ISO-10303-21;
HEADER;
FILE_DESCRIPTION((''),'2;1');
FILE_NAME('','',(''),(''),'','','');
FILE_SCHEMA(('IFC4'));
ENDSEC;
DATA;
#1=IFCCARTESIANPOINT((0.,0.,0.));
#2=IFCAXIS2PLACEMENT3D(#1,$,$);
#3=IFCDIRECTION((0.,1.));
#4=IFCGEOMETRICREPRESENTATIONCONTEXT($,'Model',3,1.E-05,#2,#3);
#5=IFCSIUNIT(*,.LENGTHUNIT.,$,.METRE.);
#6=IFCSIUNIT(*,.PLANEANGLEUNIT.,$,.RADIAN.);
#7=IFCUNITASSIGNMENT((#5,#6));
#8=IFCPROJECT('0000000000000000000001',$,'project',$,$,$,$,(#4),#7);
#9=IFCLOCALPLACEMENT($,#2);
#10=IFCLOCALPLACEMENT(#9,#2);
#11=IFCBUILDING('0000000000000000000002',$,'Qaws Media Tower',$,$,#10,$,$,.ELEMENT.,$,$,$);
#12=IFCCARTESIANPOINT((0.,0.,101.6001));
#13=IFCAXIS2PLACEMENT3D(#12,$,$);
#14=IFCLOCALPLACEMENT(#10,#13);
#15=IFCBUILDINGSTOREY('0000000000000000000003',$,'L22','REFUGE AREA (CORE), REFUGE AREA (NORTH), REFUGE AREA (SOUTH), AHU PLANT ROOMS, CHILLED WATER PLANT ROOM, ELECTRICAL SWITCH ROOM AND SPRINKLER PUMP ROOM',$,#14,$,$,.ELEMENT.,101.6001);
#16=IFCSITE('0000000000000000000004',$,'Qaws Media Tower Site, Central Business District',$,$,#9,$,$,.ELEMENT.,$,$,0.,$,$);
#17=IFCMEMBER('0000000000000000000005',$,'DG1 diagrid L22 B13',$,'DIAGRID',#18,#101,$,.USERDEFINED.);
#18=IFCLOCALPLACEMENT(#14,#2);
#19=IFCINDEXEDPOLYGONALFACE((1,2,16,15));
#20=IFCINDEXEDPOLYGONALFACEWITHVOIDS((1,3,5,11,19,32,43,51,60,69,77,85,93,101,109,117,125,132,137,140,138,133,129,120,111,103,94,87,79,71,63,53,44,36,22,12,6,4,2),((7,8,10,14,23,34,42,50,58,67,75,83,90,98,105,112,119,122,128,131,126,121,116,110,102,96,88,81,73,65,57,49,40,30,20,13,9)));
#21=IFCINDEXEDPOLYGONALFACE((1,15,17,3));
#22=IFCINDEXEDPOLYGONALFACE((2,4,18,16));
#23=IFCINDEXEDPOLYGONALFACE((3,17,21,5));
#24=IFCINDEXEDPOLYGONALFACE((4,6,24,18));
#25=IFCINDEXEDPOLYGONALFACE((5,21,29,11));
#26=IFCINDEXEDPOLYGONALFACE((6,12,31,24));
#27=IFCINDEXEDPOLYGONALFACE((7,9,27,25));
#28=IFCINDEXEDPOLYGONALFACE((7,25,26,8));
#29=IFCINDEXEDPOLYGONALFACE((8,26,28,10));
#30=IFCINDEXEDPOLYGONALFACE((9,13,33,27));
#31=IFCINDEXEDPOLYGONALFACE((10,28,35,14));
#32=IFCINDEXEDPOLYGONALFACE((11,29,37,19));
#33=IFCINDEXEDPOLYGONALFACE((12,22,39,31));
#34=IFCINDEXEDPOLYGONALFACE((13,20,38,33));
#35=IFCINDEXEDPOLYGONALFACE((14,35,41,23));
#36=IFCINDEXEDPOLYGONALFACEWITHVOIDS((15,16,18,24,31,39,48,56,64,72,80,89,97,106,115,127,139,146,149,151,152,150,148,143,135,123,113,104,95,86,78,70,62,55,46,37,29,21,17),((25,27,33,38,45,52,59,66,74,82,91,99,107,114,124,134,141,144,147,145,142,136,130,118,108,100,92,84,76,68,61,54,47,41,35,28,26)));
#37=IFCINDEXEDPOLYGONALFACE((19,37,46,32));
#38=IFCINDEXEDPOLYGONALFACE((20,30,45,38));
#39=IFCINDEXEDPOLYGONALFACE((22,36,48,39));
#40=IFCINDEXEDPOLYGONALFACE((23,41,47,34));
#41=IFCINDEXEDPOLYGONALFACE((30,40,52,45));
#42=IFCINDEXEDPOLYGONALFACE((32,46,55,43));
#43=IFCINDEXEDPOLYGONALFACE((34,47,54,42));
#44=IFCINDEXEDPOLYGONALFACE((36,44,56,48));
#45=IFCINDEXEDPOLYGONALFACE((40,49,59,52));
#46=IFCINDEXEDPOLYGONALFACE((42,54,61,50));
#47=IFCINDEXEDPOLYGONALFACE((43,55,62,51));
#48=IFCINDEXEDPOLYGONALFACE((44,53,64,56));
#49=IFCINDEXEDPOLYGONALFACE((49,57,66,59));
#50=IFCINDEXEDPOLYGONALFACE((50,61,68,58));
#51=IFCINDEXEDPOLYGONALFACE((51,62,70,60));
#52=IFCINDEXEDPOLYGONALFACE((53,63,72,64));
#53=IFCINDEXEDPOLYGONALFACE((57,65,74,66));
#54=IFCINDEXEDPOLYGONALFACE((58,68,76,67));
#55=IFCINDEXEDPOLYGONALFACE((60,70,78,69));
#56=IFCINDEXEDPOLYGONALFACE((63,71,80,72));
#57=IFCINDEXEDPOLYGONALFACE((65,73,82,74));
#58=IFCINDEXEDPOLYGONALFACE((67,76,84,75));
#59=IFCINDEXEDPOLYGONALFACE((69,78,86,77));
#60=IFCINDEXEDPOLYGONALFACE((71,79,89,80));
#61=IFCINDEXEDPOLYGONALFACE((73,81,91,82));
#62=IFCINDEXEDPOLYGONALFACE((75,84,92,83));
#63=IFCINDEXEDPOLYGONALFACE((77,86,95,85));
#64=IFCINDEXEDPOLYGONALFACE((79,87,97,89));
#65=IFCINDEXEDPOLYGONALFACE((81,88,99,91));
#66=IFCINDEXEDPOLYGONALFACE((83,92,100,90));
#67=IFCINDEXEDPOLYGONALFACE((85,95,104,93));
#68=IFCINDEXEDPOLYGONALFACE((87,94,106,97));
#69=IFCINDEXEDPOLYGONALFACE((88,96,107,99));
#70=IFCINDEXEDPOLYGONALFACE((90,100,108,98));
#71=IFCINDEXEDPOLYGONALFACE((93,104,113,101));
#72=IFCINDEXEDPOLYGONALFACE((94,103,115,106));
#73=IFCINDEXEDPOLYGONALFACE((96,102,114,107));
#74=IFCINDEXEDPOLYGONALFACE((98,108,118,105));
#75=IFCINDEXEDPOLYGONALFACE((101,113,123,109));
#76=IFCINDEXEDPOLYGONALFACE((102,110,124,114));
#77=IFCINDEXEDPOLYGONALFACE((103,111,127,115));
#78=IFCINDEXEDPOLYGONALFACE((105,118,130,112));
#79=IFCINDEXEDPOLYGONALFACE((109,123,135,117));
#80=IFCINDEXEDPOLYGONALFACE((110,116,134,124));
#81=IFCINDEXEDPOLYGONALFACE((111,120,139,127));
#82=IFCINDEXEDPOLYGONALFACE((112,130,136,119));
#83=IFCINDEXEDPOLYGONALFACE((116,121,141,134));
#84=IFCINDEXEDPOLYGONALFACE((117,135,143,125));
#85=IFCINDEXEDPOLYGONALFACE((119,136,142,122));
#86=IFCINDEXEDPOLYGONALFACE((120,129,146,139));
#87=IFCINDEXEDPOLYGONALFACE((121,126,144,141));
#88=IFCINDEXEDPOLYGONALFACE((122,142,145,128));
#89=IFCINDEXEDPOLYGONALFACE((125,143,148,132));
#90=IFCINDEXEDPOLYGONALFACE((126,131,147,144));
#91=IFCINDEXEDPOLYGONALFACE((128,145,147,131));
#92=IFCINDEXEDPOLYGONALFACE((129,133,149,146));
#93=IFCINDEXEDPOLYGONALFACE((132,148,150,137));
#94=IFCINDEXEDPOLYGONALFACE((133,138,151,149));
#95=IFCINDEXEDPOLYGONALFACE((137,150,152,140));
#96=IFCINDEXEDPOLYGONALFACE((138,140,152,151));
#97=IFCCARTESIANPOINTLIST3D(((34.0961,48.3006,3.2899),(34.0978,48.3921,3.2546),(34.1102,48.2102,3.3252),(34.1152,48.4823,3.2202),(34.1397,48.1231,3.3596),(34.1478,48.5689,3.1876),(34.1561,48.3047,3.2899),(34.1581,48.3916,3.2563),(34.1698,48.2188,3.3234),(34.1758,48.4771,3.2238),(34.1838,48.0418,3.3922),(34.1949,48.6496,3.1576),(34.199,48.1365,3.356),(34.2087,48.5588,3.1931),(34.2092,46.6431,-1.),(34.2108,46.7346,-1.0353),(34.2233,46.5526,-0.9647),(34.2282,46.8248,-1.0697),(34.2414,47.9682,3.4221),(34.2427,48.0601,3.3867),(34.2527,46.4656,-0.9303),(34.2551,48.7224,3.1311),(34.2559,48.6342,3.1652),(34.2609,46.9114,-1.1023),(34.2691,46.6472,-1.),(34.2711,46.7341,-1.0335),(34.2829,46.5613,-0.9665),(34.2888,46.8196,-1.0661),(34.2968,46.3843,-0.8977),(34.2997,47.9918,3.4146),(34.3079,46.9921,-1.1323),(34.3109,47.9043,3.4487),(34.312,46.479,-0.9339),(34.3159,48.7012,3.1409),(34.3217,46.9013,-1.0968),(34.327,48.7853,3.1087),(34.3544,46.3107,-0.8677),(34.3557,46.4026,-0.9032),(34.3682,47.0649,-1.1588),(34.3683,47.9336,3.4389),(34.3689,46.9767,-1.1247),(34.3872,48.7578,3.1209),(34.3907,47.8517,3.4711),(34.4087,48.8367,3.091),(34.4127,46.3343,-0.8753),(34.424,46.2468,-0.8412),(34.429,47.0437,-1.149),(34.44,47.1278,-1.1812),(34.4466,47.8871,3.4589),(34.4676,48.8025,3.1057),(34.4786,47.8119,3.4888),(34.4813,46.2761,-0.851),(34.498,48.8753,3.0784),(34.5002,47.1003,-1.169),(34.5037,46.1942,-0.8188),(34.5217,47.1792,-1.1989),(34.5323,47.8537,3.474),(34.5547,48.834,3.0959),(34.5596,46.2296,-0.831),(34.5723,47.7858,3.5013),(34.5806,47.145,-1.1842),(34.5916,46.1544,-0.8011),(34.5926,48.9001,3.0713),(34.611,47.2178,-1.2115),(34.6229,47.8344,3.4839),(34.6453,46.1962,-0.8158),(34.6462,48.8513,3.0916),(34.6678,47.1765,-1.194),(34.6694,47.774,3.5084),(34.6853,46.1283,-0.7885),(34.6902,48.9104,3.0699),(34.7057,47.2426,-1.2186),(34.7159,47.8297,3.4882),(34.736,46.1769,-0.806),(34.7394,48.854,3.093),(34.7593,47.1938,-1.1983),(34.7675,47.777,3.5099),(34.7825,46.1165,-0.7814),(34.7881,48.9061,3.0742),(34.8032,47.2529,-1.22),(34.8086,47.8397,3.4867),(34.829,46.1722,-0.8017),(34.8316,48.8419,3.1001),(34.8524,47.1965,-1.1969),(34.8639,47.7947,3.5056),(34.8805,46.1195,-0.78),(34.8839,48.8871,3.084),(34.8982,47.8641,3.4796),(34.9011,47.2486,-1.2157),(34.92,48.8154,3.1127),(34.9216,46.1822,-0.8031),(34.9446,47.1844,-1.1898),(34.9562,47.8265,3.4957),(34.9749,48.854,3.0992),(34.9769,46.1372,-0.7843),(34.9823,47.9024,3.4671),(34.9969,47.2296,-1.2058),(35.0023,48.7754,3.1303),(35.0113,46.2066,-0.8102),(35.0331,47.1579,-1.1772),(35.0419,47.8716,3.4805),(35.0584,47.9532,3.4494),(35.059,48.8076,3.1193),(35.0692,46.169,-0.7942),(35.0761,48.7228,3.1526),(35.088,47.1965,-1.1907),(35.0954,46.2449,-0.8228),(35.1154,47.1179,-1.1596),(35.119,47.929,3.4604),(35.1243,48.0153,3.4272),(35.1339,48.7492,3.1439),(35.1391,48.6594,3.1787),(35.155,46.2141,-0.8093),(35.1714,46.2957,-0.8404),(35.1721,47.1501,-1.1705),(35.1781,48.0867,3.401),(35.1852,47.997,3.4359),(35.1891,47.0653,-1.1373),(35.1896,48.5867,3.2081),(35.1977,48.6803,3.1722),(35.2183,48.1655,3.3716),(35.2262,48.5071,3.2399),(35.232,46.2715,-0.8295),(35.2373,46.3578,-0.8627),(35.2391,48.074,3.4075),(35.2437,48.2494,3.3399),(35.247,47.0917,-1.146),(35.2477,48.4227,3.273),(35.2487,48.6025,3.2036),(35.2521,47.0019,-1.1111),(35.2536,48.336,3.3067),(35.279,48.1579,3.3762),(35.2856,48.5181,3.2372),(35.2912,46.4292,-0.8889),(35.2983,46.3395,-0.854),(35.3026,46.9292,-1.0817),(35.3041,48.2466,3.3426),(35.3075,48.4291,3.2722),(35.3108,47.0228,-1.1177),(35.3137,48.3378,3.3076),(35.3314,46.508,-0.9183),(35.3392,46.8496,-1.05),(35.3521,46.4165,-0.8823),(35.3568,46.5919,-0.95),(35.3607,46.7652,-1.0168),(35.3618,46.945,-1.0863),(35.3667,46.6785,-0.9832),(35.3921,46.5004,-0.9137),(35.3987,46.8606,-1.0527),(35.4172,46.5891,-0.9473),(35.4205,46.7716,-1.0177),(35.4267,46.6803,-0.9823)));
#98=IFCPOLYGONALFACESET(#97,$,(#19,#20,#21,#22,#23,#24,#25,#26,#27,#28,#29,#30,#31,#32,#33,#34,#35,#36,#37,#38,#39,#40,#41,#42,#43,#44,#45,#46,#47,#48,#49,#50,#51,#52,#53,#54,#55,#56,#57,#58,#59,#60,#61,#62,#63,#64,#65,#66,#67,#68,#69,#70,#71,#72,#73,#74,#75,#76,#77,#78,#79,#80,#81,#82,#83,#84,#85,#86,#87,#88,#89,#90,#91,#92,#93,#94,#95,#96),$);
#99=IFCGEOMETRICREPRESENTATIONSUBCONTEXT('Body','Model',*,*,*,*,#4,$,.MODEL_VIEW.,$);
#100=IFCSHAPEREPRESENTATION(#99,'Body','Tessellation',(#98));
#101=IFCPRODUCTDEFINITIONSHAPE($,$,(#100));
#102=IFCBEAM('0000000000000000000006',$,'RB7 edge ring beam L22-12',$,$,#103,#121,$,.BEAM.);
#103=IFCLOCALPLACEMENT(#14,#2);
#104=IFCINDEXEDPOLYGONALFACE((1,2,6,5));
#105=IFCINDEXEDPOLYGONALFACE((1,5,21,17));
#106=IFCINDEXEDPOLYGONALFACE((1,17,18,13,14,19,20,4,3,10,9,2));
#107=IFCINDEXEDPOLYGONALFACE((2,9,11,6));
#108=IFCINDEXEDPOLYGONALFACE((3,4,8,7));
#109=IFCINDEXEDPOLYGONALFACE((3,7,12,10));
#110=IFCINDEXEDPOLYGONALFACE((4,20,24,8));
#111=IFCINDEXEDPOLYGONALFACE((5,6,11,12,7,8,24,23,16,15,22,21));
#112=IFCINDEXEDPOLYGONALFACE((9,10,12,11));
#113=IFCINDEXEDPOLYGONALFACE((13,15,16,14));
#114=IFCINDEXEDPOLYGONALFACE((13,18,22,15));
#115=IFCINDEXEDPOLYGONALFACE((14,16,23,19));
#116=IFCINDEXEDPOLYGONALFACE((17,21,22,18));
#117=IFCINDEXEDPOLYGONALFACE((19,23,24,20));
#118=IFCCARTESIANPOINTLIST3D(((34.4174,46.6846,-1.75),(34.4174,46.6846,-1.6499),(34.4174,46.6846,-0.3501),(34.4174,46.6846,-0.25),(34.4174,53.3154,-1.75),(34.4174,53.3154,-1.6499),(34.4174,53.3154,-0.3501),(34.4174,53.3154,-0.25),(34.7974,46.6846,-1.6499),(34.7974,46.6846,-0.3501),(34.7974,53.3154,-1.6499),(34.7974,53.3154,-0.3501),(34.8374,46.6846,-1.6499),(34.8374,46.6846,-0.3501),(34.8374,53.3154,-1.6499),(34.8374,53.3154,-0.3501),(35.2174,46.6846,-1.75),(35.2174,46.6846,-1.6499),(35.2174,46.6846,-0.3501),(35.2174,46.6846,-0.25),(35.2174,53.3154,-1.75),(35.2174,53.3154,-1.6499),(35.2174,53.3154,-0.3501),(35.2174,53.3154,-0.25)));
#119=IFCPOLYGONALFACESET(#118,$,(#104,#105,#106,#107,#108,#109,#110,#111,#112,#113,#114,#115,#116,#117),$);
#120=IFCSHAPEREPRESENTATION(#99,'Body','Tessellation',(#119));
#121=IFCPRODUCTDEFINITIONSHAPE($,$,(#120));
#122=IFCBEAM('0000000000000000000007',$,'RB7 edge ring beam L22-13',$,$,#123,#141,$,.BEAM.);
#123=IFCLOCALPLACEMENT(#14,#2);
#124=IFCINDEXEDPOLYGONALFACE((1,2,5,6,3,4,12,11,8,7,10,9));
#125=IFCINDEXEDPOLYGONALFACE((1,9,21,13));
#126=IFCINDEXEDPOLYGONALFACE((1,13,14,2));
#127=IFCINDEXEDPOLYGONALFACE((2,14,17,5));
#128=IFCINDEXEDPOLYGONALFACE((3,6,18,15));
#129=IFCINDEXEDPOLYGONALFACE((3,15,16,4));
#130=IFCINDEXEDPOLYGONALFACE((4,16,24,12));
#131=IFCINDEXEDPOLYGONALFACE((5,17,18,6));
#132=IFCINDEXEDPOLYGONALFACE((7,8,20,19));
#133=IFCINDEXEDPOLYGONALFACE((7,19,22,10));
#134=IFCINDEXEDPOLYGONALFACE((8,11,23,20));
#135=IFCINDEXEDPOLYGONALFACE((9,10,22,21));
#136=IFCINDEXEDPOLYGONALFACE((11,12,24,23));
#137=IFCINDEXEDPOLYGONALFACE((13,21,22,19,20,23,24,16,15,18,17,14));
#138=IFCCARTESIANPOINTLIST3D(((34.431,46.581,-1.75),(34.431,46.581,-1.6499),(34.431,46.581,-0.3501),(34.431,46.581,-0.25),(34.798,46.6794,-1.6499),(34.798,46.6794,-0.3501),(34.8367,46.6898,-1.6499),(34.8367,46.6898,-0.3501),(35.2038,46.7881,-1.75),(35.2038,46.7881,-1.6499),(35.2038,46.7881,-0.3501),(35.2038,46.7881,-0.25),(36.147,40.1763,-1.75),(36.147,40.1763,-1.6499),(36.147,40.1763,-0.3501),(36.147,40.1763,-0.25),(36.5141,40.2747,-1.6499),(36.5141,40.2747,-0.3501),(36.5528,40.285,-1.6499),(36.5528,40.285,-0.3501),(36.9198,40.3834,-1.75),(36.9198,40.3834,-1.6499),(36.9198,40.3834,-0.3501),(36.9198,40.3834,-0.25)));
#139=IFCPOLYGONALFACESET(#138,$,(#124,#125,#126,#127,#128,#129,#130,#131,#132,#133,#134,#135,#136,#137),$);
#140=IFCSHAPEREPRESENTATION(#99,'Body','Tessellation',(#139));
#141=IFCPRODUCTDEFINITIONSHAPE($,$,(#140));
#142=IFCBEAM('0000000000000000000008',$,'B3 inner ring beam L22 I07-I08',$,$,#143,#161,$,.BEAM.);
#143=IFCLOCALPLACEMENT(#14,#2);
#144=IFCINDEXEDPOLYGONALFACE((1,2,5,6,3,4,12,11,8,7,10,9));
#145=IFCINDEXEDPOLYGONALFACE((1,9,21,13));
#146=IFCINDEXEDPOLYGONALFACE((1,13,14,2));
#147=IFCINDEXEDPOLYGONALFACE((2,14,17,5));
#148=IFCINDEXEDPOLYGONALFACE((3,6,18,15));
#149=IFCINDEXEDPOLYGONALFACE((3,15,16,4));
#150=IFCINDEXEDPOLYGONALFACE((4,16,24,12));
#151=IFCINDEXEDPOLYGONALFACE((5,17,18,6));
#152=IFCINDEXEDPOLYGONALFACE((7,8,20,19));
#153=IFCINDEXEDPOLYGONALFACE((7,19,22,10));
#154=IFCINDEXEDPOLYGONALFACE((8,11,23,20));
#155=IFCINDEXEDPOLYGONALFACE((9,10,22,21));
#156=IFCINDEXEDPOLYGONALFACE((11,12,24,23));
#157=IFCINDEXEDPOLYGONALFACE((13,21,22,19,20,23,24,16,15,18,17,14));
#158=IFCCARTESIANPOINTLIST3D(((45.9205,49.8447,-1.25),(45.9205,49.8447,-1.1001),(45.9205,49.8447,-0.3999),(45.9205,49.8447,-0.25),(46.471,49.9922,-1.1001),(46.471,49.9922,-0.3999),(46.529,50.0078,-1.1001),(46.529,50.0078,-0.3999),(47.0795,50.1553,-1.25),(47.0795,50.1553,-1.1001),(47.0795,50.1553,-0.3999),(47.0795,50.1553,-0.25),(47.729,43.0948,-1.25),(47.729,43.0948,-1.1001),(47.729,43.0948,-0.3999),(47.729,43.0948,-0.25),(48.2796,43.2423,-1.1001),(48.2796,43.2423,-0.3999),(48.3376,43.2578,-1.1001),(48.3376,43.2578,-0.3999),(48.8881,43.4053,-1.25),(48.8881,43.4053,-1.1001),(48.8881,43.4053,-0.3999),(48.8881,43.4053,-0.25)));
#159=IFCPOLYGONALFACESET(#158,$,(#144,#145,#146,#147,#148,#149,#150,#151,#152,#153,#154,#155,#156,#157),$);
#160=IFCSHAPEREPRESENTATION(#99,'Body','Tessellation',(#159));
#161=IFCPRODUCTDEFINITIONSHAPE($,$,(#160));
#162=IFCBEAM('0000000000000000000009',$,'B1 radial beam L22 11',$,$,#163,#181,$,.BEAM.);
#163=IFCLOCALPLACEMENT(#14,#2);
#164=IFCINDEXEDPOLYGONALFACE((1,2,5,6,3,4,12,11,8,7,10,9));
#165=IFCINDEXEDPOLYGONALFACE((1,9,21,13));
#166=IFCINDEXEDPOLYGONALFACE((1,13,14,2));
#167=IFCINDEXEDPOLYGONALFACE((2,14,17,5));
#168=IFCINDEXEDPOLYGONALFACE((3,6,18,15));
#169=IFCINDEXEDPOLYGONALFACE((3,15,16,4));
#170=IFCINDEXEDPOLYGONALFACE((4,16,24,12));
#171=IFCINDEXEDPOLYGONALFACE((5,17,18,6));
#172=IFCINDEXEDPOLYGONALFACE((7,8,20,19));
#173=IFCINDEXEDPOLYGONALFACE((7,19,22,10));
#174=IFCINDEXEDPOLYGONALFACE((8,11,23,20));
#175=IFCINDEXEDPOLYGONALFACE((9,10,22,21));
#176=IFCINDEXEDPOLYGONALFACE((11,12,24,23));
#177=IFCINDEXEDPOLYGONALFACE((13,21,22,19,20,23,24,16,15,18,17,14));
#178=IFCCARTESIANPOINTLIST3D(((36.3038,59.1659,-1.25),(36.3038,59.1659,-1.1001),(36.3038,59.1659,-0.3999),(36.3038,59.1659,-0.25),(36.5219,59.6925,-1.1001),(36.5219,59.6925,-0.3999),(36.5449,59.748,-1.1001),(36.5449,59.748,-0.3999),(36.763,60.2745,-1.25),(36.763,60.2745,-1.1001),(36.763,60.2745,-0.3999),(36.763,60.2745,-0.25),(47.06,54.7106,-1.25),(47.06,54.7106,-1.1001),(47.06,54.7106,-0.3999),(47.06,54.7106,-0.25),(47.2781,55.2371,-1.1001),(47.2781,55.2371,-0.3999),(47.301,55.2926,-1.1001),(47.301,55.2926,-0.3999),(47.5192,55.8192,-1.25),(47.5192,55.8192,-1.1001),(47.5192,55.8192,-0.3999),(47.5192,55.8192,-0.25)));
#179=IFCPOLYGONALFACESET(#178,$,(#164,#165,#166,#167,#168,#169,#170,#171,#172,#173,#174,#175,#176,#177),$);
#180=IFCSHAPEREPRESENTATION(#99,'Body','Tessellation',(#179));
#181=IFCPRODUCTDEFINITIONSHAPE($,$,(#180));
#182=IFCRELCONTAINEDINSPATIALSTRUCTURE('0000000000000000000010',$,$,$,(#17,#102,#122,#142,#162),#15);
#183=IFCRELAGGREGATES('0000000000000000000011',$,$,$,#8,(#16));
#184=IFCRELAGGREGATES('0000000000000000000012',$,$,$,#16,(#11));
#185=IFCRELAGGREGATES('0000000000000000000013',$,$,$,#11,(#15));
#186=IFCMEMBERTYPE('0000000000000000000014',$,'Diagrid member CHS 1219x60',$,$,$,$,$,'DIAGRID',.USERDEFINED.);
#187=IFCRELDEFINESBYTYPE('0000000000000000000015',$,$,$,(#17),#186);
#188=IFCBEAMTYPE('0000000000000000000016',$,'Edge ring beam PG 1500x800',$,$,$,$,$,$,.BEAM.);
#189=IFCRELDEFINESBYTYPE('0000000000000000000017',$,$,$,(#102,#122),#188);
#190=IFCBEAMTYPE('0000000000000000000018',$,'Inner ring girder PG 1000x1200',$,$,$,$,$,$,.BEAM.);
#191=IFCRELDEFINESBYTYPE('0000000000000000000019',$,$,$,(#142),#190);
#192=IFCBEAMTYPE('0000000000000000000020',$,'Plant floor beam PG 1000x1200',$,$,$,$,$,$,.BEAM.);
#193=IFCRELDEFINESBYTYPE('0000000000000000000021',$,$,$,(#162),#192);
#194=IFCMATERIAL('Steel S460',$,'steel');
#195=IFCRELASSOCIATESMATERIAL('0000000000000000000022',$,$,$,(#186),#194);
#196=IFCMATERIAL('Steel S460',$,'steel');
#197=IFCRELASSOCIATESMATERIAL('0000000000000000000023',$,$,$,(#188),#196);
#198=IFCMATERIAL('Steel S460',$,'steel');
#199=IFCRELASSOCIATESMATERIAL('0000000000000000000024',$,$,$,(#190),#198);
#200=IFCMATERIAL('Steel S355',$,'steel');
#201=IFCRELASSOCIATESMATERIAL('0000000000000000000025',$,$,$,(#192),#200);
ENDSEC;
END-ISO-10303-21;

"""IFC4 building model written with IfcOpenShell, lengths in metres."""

from ifc_helpers import new_model, si_unit, direction, frame, origin, origin_2d, place, context, subcontext, project, spatial, hollow_circle, i_section, extrude, material, material_profile, profile_set, type_object, element, save


model = new_model("IFC4")

# Units and contexts
model_context = context("Model", 3, precision=1e-05, world=origin(), true_north=direction((0.0, 1.0)))
body_context = subcontext(model_context, "Body", "Model", "MODEL_VIEW")
ifc_project = project(units=[si_unit("LENGTHUNIT", "METRE"), si_unit("PLANEANGLEUNIT", "RADIAN")], contexts=[model_context])

# Site, building, storey
site_placement = place(None, origin())
site = spatial("IfcSite", under=ifc_project, at=site_placement, Name="Qaws Media Tower Site, Central Business District", CompositionType="ELEMENT", RefElevation=0.0)
building_placement = place(site_placement, origin())
building = spatial("IfcBuilding", under=site, at=building_placement, Name="Qaws Media Tower", CompositionType="ELEMENT")
storey_placement = place(building_placement, frame((0.0, 0.0, 101.6001)))
storey = spatial("IfcBuildingStorey", under=building, at=storey_placement, Name="L22", Description="REFUGE AREA (CORE), REFUGE AREA (NORTH), REFUGE AREA (SOUTH), AHU PLANT ROOMS, CHILLED WATER PLANT ROOM, ELECTRICAL SWITCH ROOM AND SPRINKLER PUMP ROOM", CompositionType="ELEMENT", Elevation=101.6001)

# Member
ifc_material_1 = material(Name="Steel S460", Category="steel")
ifc_material_profile_1 = material_profile(ifc_material_1, hollow_circle(Radius=0.6096, WallThickness=0.0601, at=origin_2d()), Name="CHS 1219x60")
ifc_profile_set_1 = profile_set([ifc_material_profile_1], Name="Steel S460")
member_type_1 = type_object("IfcMemberType", Name="Diagrid member CHS 1219x60", ElementType="DIAGRID", PredefinedType="USERDEFINED", material=ifc_profile_set_1)
member_1_placement = place(storey_placement, frame((34.8174, 46.6846, -1.0), z_axis=(-0.024572, 0.3603, 0.932513), x_axis=(-0.997683, -0.068041, 0.0)))
element("IfcMember", 1, at=member_1_placement, inside=storey, type_object=member_type_1, Name="DG1 diagrid L22 B13", ObjectType="DIAGRID", PredefinedType="USERDEFINED", context=body_context, shape_type="SweptSolid", body=[
    extrude(hollow_circle(Radius=0.6096, WallThickness=0.0601, at=origin_2d()), origin(), (0.0, 0.0, 1.0), 4.6003),
])

# Beams
ifc_material_2 = material(Name="Steel S460", Category="steel")
ifc_material_profile_2 = material_profile(ifc_material_2, i_section(OverallWidth=0.8, OverallDepth=1.5, WebThickness=0.04, FlangeThickness=0.1001, at=origin_2d()), Name="PG 1500x800")
ifc_profile_set_2 = profile_set([ifc_material_profile_2], Name="Steel S460")
beam_type_1 = type_object("IfcBeamType", Name="Edge ring beam PG 1500x800", PredefinedType="BEAM", material=ifc_profile_set_2)
beam_1_placement = place(storey_placement, frame((34.8174, 53.3154, -1.0), z_axis=(0.0, -1.0, 0.0), x_axis=(1.0, 0.0, 0.0)))
element("IfcBeam", 2, at=beam_1_placement, inside=storey, type_object=beam_type_1, Name="RB7 edge ring beam L22-12", PredefinedType="BEAM", context=body_context, shape_type="SweptSolid", body=[
    extrude(i_section(OverallWidth=0.8, OverallDepth=1.5, WebThickness=0.04, FlangeThickness=0.1001, at=origin_2d()), origin(), (0.0, 0.0, 1.0), 6.6309),
])
beam_2_placement = place(storey_placement, frame((34.8174, 46.6846, -1.0), z_axis=(0.258806, -0.965929, 0.0), x_axis=(0.965929, 0.258806, 0.0)))
element("IfcBeam", 3, at=beam_2_placement, inside=storey, type_object=beam_type_1, Name="RB7 edge ring beam L22-13", PredefinedType="BEAM", context=body_context, shape_type="SweptSolid", body=[
    extrude(i_section(OverallWidth=0.8, OverallDepth=1.5, WebThickness=0.04, FlangeThickness=0.1001, at=origin_2d()), origin(), (0.0, 0.0, 1.0), 6.6306),
])
ifc_material_3 = material(Name="Steel S460", Category="steel")
ifc_material_profile_3 = material_profile(ifc_material_3, i_section(OverallWidth=1.2, OverallDepth=1.0, WebThickness=0.0601, FlangeThickness=0.1499, at=origin_2d()), Name="PG 1000x1200")
ifc_profile_set_3 = profile_set([ifc_material_profile_3], Name="Steel S460")
beam_type_2 = type_object("IfcBeamType", Name="Inner ring girder PG 1000x1200", PredefinedType="BEAM", material=ifc_profile_set_3)
beam_3_placement = place(storey_placement, frame((46.5, 50.0, -0.75), z_axis=(0.258811, -0.965928, 0.0), x_axis=(0.965928, 0.258811, 0.0)))
element("IfcBeam", 4, at=beam_3_placement, inside=storey, type_object=beam_type_2, Name="B3 inner ring beam L22 I07-I08", PredefinedType="BEAM", context=body_context, shape_type="SweptSolid", body=[
    extrude(i_section(OverallWidth=1.2, OverallDepth=1.0, WebThickness=0.0601, FlangeThickness=0.1499, at=origin_2d()), origin(), (0.0, 0.0, 1.0), 6.988),
])
ifc_material_4 = material(Name="Steel S355", Category="steel")
ifc_material_profile_4 = material_profile(ifc_material_4, i_section(OverallWidth=1.2, OverallDepth=1.0, WebThickness=0.0601, FlangeThickness=0.1499, at=origin_2d()), Name="PG 1000x1200")
ifc_profile_set_4 = profile_set([ifc_material_profile_4], Name="Steel S355")
beam_type_3 = type_object("IfcBeamType", Name="Plant floor beam PG 1000x1200", PredefinedType="BEAM", material=ifc_profile_set_4)
for number, where, z_axis, x_axis, name in (
    (5, (47.2896, 55.2649, -0.75), (-0.92388, 0.382683, 0.0), (-0.382683, -0.92388, 0.0), "B1 radial beam L22 11"),
):
    element("IfcBeam", number, at=place(storey_placement, frame(where, z_axis=z_axis, x_axis=x_axis)), inside=storey, type_object=beam_type_3, Name=name, PredefinedType="BEAM", context=body_context, shape_type="SweptSolid", body=[
        extrude(i_section(OverallWidth=1.2, OverallDepth=1.0, WebThickness=0.0601, FlangeThickness=0.1499, at=origin_2d()), origin(), (0.0, 0.0, 1.0), 11.6423),
    ])

save(model, "model.ifc")
